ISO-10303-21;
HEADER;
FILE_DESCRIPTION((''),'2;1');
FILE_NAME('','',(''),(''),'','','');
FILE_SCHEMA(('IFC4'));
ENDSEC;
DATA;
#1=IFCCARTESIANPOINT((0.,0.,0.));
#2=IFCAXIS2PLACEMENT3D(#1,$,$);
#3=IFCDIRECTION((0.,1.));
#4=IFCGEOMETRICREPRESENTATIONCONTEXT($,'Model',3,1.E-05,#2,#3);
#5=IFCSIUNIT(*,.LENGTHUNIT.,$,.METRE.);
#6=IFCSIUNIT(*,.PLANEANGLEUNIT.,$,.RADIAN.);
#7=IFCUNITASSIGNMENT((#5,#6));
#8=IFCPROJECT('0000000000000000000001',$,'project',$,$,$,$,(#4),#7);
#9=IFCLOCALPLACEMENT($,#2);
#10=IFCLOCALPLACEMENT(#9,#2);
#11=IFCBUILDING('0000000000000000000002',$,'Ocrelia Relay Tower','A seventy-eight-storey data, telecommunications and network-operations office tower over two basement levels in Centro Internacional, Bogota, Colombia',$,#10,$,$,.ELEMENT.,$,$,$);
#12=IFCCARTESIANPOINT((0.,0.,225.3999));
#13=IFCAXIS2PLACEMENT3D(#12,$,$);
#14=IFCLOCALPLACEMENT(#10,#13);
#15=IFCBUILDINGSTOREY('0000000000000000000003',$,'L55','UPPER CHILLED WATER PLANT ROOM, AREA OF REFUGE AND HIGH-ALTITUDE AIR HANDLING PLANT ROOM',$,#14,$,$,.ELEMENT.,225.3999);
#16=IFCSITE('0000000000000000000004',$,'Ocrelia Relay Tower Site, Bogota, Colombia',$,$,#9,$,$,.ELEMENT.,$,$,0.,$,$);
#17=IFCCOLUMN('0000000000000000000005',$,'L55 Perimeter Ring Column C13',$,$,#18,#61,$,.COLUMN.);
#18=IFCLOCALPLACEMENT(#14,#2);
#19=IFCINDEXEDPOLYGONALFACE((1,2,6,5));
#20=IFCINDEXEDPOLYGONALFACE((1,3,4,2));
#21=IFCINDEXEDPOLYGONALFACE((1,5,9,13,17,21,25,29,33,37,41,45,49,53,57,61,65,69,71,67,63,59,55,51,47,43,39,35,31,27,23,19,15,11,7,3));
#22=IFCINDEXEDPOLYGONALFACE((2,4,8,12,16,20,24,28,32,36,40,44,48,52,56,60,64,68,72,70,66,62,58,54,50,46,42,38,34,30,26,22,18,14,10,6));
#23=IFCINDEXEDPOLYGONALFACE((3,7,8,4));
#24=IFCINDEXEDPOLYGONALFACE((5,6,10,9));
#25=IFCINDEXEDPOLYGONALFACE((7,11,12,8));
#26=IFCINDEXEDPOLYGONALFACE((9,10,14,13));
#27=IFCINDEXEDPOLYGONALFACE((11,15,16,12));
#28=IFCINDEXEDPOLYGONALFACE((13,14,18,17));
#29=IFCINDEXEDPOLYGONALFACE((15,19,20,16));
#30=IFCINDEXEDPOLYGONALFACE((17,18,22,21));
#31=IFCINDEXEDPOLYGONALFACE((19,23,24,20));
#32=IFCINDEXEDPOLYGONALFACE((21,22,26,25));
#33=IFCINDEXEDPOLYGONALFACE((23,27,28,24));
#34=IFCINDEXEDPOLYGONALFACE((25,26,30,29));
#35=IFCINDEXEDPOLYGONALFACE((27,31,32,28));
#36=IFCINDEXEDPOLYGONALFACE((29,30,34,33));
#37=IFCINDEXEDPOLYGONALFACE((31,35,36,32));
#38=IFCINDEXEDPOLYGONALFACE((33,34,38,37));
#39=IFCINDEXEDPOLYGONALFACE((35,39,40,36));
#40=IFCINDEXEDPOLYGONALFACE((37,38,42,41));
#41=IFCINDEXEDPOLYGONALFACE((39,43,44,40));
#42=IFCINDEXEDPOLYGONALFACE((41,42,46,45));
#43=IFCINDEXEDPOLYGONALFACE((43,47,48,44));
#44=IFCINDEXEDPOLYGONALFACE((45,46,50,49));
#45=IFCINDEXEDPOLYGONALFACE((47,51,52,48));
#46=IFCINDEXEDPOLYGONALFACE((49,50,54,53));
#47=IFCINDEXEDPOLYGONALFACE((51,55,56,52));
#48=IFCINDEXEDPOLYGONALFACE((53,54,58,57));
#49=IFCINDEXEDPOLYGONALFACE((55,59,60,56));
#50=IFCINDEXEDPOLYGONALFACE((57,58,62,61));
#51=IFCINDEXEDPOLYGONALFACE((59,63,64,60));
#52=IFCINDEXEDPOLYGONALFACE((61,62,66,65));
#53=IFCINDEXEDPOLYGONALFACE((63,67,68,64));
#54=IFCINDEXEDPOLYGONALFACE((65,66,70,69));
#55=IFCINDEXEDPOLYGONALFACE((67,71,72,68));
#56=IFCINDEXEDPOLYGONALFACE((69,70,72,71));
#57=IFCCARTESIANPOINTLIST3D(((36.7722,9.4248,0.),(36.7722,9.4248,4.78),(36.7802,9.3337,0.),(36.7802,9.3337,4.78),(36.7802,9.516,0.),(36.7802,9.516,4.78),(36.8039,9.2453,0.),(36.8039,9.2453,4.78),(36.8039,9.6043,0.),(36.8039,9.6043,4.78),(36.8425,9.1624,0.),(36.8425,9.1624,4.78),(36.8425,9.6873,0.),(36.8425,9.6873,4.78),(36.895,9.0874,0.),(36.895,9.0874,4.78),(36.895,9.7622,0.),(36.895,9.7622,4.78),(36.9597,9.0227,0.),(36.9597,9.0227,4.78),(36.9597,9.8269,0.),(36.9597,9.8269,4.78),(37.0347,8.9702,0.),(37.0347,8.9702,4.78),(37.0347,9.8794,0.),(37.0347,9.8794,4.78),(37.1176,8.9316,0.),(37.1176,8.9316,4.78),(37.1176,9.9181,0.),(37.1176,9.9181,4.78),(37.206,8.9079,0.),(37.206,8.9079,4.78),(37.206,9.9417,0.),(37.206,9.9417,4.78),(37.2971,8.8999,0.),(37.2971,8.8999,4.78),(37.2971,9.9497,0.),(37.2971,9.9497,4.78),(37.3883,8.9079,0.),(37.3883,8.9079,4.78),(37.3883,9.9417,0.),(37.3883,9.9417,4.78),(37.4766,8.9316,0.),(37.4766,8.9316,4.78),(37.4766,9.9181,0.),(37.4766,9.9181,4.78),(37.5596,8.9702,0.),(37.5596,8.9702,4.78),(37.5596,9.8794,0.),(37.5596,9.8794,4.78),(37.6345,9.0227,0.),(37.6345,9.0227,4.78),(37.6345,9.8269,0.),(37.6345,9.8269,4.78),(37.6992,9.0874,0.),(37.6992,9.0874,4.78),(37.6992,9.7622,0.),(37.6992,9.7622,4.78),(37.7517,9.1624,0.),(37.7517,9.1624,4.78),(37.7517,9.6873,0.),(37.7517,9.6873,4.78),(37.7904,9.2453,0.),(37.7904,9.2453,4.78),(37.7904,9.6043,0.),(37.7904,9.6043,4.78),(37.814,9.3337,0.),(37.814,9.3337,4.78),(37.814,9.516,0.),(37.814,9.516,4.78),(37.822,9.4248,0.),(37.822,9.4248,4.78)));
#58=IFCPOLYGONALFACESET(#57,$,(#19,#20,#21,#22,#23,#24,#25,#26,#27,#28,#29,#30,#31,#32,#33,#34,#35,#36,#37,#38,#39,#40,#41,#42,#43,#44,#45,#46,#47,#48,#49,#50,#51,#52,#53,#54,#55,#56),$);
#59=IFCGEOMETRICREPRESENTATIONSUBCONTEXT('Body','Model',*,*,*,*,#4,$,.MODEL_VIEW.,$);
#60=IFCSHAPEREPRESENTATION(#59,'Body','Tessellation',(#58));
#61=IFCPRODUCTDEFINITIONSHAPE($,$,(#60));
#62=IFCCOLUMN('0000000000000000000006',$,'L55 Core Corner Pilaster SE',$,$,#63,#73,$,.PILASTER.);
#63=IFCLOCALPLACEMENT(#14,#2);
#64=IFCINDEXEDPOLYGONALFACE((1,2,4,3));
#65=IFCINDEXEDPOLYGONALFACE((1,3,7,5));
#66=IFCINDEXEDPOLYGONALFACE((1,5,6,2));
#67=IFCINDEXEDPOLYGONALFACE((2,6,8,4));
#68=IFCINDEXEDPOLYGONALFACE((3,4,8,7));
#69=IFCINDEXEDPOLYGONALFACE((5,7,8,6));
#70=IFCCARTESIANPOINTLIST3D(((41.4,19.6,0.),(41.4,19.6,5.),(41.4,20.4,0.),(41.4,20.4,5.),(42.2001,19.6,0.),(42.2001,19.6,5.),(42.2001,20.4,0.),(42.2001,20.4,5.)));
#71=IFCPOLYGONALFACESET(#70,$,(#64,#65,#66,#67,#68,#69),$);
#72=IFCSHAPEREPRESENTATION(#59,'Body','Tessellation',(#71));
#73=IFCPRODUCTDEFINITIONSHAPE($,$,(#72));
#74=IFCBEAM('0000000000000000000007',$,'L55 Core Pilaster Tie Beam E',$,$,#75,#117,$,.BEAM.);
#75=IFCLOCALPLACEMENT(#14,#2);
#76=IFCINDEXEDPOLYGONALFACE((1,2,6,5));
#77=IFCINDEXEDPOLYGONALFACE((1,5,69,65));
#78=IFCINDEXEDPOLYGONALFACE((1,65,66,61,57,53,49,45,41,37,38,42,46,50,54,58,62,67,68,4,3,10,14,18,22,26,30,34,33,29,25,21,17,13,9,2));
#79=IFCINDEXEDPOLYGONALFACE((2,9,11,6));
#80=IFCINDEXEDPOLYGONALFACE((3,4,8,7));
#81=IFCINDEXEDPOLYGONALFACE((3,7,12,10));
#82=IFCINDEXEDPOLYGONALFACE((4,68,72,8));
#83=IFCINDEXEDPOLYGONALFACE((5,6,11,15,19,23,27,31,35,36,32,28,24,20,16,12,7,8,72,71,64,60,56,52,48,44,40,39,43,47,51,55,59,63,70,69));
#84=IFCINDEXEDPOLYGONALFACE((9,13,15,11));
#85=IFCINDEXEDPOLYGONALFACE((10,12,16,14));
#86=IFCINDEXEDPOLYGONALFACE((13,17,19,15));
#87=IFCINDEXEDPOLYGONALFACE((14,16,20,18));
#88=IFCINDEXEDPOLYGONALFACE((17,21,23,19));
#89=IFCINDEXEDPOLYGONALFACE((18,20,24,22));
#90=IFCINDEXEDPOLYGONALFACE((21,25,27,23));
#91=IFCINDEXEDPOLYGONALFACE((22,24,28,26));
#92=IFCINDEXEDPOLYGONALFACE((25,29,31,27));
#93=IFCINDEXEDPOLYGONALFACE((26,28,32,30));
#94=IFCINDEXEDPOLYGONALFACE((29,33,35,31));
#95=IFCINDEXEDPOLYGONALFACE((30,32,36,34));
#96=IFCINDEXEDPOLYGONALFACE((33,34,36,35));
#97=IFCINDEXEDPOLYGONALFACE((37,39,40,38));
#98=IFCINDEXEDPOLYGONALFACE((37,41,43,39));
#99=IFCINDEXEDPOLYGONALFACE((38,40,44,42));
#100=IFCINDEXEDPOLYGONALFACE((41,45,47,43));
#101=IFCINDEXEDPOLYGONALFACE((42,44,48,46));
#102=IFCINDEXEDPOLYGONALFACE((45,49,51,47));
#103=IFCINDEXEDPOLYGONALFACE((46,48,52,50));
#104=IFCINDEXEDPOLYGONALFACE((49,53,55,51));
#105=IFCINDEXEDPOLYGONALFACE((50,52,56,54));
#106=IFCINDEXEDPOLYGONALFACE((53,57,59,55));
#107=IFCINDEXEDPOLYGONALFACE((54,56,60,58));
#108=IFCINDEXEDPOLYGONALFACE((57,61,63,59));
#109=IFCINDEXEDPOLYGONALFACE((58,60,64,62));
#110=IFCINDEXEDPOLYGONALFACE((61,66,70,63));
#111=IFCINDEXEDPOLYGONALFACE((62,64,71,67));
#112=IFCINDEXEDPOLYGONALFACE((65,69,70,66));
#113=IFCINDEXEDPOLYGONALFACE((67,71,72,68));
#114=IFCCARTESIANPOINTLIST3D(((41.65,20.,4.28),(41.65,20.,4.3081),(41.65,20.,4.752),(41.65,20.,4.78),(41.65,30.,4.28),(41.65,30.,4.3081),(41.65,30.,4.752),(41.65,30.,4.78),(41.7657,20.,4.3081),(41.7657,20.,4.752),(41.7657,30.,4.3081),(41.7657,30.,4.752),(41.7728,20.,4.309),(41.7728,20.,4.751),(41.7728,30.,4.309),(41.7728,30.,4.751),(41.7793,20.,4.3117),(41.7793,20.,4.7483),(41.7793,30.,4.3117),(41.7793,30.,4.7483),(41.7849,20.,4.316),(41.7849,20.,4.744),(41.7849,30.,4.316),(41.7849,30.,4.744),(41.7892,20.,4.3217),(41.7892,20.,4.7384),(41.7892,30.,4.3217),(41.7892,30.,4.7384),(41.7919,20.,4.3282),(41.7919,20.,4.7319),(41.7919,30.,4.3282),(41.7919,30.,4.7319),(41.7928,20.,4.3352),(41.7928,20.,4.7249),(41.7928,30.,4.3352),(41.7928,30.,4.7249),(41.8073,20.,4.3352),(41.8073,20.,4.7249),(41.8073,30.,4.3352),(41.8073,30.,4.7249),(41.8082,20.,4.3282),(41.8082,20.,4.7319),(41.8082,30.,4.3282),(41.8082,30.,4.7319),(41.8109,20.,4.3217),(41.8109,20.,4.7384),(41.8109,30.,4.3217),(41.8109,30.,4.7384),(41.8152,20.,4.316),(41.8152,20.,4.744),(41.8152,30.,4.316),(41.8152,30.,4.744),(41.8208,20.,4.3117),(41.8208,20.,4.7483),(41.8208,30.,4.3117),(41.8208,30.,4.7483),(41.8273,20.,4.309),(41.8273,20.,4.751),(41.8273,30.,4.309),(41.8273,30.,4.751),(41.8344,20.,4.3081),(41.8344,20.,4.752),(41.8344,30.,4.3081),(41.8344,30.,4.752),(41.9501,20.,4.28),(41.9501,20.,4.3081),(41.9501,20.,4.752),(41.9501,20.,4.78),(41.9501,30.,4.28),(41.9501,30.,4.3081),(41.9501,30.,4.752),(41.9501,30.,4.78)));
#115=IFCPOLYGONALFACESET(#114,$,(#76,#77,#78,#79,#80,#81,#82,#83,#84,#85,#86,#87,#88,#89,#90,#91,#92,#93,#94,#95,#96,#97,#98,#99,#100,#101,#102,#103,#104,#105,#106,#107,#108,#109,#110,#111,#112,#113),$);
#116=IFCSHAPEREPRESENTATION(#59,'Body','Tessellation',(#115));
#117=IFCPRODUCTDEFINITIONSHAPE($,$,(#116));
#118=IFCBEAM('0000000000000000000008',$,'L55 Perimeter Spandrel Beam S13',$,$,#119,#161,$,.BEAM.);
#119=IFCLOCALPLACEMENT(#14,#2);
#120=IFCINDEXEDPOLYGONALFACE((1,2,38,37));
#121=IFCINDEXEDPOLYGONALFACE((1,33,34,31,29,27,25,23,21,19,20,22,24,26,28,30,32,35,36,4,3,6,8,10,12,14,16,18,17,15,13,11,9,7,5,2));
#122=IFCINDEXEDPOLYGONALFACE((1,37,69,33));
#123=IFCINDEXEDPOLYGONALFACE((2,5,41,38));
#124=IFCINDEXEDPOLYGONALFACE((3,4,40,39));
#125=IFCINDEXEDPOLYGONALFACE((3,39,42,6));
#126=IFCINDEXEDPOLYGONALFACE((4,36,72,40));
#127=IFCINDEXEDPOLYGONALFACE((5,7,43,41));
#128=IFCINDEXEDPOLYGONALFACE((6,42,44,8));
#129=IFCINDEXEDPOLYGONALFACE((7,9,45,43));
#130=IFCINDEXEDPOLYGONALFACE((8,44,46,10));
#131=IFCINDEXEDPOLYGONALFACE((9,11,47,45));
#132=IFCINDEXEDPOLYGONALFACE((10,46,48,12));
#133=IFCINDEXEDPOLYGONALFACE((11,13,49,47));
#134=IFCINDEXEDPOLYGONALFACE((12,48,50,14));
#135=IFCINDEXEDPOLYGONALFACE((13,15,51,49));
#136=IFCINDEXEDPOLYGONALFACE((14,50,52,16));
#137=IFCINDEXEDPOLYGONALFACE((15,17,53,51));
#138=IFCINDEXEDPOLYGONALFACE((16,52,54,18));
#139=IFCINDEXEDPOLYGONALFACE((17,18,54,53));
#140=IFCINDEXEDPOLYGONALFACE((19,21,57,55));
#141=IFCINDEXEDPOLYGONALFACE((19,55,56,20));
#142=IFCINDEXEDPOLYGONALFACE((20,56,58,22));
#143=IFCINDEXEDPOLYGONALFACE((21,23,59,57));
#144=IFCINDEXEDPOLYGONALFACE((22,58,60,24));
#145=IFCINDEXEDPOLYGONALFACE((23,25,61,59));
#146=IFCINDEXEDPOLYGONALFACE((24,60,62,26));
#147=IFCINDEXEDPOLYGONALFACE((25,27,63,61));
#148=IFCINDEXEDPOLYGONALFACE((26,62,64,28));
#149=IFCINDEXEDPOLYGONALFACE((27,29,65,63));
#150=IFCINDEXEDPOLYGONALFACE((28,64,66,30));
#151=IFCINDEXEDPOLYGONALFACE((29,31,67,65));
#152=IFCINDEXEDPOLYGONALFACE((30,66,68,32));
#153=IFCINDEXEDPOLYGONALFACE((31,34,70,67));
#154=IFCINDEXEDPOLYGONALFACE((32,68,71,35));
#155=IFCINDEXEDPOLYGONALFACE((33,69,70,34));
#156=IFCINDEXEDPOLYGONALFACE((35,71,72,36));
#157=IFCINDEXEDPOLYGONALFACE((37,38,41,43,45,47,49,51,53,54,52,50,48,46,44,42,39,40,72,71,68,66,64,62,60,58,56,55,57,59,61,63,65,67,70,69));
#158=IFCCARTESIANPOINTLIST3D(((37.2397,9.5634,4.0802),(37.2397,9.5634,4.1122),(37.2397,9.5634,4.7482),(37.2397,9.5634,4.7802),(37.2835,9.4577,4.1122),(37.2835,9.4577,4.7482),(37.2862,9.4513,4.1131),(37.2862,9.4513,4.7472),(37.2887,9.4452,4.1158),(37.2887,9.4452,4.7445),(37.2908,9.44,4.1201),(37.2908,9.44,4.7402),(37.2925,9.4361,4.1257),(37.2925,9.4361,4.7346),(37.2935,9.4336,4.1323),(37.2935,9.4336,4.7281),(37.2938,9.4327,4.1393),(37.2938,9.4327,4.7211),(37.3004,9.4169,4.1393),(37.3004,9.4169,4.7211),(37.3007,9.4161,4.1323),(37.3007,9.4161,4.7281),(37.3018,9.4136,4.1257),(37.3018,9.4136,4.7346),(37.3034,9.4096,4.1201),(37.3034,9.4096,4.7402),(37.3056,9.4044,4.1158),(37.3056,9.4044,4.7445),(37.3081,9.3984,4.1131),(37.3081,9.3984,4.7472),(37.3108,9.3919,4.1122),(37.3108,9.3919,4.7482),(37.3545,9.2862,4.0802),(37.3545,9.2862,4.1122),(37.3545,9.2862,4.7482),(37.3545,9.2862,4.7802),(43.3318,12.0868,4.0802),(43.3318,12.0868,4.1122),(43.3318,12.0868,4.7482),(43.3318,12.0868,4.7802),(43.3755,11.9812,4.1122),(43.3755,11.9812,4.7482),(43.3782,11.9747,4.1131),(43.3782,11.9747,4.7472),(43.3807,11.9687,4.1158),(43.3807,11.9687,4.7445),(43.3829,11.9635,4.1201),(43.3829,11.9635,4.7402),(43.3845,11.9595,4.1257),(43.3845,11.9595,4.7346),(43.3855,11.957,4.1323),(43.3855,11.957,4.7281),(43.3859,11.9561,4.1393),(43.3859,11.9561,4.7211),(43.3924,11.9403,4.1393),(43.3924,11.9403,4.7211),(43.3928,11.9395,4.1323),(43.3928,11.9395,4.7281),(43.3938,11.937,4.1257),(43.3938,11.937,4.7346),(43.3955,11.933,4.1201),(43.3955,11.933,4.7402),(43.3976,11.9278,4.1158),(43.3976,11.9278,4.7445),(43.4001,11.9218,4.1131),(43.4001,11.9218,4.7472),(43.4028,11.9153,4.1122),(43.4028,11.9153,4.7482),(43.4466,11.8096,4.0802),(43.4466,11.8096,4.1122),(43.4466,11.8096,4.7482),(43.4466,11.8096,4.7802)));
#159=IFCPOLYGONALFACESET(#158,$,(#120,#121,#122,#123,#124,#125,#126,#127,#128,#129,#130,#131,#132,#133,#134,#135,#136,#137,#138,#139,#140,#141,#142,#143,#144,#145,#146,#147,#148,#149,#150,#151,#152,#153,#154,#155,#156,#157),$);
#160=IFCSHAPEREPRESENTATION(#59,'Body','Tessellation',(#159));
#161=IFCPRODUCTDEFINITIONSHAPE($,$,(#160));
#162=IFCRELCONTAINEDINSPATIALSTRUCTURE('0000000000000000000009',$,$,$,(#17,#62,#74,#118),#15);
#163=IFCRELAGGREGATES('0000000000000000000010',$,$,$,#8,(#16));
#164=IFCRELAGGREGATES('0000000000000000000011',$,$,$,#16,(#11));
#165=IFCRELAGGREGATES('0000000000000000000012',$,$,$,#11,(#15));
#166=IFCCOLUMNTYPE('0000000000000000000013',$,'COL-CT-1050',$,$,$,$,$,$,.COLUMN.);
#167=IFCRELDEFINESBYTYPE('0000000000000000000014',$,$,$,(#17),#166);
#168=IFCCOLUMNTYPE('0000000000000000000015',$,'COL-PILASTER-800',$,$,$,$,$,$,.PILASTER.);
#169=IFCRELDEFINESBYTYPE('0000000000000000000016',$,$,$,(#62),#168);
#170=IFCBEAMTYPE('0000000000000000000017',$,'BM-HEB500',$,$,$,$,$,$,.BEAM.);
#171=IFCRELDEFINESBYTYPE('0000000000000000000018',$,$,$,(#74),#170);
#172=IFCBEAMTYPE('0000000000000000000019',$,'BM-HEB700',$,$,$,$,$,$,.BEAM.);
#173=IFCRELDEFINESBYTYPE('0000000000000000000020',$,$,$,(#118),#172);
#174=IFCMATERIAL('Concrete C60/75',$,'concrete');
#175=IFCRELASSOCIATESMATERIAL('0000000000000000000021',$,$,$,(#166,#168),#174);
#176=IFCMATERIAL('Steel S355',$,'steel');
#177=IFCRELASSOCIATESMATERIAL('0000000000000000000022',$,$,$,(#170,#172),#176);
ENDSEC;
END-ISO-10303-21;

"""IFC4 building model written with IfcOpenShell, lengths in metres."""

from ifc_helpers import new_model, si_unit, direction, frame, origin, origin_2d, place, context, subcontext, project, spatial, rectangle, circle, i_section, extrude, material, material_profile, profile_set, type_object, element, save


model = new_model("IFC4")

# Units and contexts
model_context = context("Model", 3, precision=1e-05, world=origin(), true_north=direction((0.0, 1.0)))
body_context = subcontext(model_context, "Body", "Model", "MODEL_VIEW")
ifc_project = project(units=[si_unit("LENGTHUNIT", "METRE"), si_unit("PLANEANGLEUNIT", "RADIAN")], contexts=[model_context])

# Site, building, storey
site_placement = place(None, origin())
site = spatial("IfcSite", under=ifc_project, at=site_placement, Name="Ocrelia Relay Tower Site, Bogota, Colombia", CompositionType="ELEMENT", RefElevation=0.0)
building_placement = place(site_placement, origin())
building = spatial("IfcBuilding", under=site, at=building_placement, Name="Ocrelia Relay Tower", Description="A seventy-eight-storey data, telecommunications and network-operations office tower over two basement levels in Centro Internacional, Bogota, Colombia", CompositionType="ELEMENT")
storey_placement = place(building_placement, frame((0.0, 0.0, 225.3999)))
storey = spatial("IfcBuildingStorey", under=building, at=storey_placement, Name="L55", Description="UPPER CHILLED WATER PLANT ROOM, AREA OF REFUGE AND HIGH-ALTITUDE AIR HANDLING PLANT ROOM", CompositionType="ELEMENT", Elevation=225.3999)

# Columns
ifc_material_1 = material(Name="Concrete C60/75", Category="concrete")
ifc_material_profile_1 = material_profile(ifc_material_1, circle(Radius=0.5249, at=origin_2d()), Name="RC-CIR-1050")
ifc_profile_set_1 = profile_set([ifc_material_profile_1], Name="Concrete C60/75")
column_type_1 = type_object("IfcColumnType", Name="COL-CT-1050", PredefinedType="COLUMN", material=ifc_profile_set_1)
column_1_placement = place(storey_placement, frame((37.2971, 9.4248, 0.0), z_axis=(0.0, 0.0, 1.0), x_axis=(1.0, 0.0, 0.0)))
element("IfcColumn", 1, at=column_1_placement, inside=storey, type_object=column_type_1, Name="L55 Perimeter Ring Column C13", PredefinedType="COLUMN", context=body_context, shape_type="SweptSolid", body=[
    extrude(circle(Radius=0.5249, at=origin_2d()), origin(), (0.0, 0.0, 1.0), 4.78),
])
ifc_material_profile_2 = material_profile(ifc_material_1, rectangle(XDim=0.8, YDim=0.8, at=origin_2d()), Name="RC-COL-800x800")
ifc_profile_set_2 = profile_set([ifc_material_profile_2], Name="Concrete C60/75")
column_type_2 = type_object("IfcColumnType", Name="COL-PILASTER-800", PredefinedType="PILASTER", material=ifc_profile_set_2)
column_2_placement = place(storey_placement, frame((41.8, 20.0, 0.0), z_axis=(0.0, 0.0, 1.0), x_axis=(1.0, 0.0, 0.0)))
element("IfcColumn", 2, at=column_2_placement, inside=storey, type_object=column_type_2, Name="L55 Core Corner Pilaster SE", PredefinedType="PILASTER", context=body_context, shape_type="SweptSolid", body=[
    extrude(rectangle(XDim=0.8, YDim=0.8, at=origin_2d()), origin(), (0.0, 0.0, 1.0), 5.0),
])

# Beams
ifc_material_2 = material(Name="Steel S355", Category="steel")
ifc_material_profile_3 = material_profile(ifc_material_2, i_section(OverallWidth=0.3, OverallDepth=0.5, WebThickness=0.0144, FlangeThickness=0.0281, FilletRadius=0.0271, at=origin_2d()), Name="HEB 500")
ifc_profile_set_3 = profile_set([ifc_material_profile_3], Name="Steel S355")
beam_type_1 = type_object("IfcBeamType", Name="BM-HEB500", PredefinedType="BEAM", material=ifc_profile_set_3)
beam_1_placement = place(storey_placement, frame((41.8, 20.0, 4.53), z_axis=(0.0, 1.0, 0.0), x_axis=(-1.0, 0.0, 0.0)))
element("IfcBeam", 3, at=beam_1_placement, inside=storey, type_object=beam_type_1, Name="L55 Core Pilaster Tie Beam E", PredefinedType="BEAM", context=body_context, shape_type="SweptSolid", body=[
    extrude(i_section(OverallWidth=0.3, OverallDepth=0.5, WebThickness=0.0144, FlangeThickness=0.0281, FilletRadius=0.0271, at=origin_2d()), origin(), (0.0, 0.0, 1.0), 10.0),
])
ifc_material_profile_4 = material_profile(ifc_material_2, i_section(OverallWidth=0.3, OverallDepth=0.7, WebThickness=0.0171, FlangeThickness=0.032, FilletRadius=0.0271, at=origin_2d()), Name="HEB 700")
ifc_profile_set_4 = profile_set([ifc_material_profile_4], Name="Steel S355")
beam_type_2 = type_object("IfcBeamType", Name="BM-HEB700", PredefinedType="BEAM", material=ifc_profile_set_4)
beam_2_placement = place(storey_placement, frame((37.2971, 9.4248, 4.4302), z_axis=(0.923878, 0.382688, 0.0), x_axis=(-0.382688, 0.923878, 0.0)))
element("IfcBeam", 4, at=beam_2_placement, inside=storey, type_object=beam_type_2, Name="L55 Perimeter Spandrel Beam S13", PredefinedType="BEAM", context=body_context, shape_type="SweptSolid", body=[
    extrude(i_section(OverallWidth=0.3, OverallDepth=0.7, WebThickness=0.0171, FlangeThickness=0.032, FilletRadius=0.0271, at=origin_2d()), origin(), (0.0, 0.0, 1.0), 6.594),
])

save(model, "model.ifc")
